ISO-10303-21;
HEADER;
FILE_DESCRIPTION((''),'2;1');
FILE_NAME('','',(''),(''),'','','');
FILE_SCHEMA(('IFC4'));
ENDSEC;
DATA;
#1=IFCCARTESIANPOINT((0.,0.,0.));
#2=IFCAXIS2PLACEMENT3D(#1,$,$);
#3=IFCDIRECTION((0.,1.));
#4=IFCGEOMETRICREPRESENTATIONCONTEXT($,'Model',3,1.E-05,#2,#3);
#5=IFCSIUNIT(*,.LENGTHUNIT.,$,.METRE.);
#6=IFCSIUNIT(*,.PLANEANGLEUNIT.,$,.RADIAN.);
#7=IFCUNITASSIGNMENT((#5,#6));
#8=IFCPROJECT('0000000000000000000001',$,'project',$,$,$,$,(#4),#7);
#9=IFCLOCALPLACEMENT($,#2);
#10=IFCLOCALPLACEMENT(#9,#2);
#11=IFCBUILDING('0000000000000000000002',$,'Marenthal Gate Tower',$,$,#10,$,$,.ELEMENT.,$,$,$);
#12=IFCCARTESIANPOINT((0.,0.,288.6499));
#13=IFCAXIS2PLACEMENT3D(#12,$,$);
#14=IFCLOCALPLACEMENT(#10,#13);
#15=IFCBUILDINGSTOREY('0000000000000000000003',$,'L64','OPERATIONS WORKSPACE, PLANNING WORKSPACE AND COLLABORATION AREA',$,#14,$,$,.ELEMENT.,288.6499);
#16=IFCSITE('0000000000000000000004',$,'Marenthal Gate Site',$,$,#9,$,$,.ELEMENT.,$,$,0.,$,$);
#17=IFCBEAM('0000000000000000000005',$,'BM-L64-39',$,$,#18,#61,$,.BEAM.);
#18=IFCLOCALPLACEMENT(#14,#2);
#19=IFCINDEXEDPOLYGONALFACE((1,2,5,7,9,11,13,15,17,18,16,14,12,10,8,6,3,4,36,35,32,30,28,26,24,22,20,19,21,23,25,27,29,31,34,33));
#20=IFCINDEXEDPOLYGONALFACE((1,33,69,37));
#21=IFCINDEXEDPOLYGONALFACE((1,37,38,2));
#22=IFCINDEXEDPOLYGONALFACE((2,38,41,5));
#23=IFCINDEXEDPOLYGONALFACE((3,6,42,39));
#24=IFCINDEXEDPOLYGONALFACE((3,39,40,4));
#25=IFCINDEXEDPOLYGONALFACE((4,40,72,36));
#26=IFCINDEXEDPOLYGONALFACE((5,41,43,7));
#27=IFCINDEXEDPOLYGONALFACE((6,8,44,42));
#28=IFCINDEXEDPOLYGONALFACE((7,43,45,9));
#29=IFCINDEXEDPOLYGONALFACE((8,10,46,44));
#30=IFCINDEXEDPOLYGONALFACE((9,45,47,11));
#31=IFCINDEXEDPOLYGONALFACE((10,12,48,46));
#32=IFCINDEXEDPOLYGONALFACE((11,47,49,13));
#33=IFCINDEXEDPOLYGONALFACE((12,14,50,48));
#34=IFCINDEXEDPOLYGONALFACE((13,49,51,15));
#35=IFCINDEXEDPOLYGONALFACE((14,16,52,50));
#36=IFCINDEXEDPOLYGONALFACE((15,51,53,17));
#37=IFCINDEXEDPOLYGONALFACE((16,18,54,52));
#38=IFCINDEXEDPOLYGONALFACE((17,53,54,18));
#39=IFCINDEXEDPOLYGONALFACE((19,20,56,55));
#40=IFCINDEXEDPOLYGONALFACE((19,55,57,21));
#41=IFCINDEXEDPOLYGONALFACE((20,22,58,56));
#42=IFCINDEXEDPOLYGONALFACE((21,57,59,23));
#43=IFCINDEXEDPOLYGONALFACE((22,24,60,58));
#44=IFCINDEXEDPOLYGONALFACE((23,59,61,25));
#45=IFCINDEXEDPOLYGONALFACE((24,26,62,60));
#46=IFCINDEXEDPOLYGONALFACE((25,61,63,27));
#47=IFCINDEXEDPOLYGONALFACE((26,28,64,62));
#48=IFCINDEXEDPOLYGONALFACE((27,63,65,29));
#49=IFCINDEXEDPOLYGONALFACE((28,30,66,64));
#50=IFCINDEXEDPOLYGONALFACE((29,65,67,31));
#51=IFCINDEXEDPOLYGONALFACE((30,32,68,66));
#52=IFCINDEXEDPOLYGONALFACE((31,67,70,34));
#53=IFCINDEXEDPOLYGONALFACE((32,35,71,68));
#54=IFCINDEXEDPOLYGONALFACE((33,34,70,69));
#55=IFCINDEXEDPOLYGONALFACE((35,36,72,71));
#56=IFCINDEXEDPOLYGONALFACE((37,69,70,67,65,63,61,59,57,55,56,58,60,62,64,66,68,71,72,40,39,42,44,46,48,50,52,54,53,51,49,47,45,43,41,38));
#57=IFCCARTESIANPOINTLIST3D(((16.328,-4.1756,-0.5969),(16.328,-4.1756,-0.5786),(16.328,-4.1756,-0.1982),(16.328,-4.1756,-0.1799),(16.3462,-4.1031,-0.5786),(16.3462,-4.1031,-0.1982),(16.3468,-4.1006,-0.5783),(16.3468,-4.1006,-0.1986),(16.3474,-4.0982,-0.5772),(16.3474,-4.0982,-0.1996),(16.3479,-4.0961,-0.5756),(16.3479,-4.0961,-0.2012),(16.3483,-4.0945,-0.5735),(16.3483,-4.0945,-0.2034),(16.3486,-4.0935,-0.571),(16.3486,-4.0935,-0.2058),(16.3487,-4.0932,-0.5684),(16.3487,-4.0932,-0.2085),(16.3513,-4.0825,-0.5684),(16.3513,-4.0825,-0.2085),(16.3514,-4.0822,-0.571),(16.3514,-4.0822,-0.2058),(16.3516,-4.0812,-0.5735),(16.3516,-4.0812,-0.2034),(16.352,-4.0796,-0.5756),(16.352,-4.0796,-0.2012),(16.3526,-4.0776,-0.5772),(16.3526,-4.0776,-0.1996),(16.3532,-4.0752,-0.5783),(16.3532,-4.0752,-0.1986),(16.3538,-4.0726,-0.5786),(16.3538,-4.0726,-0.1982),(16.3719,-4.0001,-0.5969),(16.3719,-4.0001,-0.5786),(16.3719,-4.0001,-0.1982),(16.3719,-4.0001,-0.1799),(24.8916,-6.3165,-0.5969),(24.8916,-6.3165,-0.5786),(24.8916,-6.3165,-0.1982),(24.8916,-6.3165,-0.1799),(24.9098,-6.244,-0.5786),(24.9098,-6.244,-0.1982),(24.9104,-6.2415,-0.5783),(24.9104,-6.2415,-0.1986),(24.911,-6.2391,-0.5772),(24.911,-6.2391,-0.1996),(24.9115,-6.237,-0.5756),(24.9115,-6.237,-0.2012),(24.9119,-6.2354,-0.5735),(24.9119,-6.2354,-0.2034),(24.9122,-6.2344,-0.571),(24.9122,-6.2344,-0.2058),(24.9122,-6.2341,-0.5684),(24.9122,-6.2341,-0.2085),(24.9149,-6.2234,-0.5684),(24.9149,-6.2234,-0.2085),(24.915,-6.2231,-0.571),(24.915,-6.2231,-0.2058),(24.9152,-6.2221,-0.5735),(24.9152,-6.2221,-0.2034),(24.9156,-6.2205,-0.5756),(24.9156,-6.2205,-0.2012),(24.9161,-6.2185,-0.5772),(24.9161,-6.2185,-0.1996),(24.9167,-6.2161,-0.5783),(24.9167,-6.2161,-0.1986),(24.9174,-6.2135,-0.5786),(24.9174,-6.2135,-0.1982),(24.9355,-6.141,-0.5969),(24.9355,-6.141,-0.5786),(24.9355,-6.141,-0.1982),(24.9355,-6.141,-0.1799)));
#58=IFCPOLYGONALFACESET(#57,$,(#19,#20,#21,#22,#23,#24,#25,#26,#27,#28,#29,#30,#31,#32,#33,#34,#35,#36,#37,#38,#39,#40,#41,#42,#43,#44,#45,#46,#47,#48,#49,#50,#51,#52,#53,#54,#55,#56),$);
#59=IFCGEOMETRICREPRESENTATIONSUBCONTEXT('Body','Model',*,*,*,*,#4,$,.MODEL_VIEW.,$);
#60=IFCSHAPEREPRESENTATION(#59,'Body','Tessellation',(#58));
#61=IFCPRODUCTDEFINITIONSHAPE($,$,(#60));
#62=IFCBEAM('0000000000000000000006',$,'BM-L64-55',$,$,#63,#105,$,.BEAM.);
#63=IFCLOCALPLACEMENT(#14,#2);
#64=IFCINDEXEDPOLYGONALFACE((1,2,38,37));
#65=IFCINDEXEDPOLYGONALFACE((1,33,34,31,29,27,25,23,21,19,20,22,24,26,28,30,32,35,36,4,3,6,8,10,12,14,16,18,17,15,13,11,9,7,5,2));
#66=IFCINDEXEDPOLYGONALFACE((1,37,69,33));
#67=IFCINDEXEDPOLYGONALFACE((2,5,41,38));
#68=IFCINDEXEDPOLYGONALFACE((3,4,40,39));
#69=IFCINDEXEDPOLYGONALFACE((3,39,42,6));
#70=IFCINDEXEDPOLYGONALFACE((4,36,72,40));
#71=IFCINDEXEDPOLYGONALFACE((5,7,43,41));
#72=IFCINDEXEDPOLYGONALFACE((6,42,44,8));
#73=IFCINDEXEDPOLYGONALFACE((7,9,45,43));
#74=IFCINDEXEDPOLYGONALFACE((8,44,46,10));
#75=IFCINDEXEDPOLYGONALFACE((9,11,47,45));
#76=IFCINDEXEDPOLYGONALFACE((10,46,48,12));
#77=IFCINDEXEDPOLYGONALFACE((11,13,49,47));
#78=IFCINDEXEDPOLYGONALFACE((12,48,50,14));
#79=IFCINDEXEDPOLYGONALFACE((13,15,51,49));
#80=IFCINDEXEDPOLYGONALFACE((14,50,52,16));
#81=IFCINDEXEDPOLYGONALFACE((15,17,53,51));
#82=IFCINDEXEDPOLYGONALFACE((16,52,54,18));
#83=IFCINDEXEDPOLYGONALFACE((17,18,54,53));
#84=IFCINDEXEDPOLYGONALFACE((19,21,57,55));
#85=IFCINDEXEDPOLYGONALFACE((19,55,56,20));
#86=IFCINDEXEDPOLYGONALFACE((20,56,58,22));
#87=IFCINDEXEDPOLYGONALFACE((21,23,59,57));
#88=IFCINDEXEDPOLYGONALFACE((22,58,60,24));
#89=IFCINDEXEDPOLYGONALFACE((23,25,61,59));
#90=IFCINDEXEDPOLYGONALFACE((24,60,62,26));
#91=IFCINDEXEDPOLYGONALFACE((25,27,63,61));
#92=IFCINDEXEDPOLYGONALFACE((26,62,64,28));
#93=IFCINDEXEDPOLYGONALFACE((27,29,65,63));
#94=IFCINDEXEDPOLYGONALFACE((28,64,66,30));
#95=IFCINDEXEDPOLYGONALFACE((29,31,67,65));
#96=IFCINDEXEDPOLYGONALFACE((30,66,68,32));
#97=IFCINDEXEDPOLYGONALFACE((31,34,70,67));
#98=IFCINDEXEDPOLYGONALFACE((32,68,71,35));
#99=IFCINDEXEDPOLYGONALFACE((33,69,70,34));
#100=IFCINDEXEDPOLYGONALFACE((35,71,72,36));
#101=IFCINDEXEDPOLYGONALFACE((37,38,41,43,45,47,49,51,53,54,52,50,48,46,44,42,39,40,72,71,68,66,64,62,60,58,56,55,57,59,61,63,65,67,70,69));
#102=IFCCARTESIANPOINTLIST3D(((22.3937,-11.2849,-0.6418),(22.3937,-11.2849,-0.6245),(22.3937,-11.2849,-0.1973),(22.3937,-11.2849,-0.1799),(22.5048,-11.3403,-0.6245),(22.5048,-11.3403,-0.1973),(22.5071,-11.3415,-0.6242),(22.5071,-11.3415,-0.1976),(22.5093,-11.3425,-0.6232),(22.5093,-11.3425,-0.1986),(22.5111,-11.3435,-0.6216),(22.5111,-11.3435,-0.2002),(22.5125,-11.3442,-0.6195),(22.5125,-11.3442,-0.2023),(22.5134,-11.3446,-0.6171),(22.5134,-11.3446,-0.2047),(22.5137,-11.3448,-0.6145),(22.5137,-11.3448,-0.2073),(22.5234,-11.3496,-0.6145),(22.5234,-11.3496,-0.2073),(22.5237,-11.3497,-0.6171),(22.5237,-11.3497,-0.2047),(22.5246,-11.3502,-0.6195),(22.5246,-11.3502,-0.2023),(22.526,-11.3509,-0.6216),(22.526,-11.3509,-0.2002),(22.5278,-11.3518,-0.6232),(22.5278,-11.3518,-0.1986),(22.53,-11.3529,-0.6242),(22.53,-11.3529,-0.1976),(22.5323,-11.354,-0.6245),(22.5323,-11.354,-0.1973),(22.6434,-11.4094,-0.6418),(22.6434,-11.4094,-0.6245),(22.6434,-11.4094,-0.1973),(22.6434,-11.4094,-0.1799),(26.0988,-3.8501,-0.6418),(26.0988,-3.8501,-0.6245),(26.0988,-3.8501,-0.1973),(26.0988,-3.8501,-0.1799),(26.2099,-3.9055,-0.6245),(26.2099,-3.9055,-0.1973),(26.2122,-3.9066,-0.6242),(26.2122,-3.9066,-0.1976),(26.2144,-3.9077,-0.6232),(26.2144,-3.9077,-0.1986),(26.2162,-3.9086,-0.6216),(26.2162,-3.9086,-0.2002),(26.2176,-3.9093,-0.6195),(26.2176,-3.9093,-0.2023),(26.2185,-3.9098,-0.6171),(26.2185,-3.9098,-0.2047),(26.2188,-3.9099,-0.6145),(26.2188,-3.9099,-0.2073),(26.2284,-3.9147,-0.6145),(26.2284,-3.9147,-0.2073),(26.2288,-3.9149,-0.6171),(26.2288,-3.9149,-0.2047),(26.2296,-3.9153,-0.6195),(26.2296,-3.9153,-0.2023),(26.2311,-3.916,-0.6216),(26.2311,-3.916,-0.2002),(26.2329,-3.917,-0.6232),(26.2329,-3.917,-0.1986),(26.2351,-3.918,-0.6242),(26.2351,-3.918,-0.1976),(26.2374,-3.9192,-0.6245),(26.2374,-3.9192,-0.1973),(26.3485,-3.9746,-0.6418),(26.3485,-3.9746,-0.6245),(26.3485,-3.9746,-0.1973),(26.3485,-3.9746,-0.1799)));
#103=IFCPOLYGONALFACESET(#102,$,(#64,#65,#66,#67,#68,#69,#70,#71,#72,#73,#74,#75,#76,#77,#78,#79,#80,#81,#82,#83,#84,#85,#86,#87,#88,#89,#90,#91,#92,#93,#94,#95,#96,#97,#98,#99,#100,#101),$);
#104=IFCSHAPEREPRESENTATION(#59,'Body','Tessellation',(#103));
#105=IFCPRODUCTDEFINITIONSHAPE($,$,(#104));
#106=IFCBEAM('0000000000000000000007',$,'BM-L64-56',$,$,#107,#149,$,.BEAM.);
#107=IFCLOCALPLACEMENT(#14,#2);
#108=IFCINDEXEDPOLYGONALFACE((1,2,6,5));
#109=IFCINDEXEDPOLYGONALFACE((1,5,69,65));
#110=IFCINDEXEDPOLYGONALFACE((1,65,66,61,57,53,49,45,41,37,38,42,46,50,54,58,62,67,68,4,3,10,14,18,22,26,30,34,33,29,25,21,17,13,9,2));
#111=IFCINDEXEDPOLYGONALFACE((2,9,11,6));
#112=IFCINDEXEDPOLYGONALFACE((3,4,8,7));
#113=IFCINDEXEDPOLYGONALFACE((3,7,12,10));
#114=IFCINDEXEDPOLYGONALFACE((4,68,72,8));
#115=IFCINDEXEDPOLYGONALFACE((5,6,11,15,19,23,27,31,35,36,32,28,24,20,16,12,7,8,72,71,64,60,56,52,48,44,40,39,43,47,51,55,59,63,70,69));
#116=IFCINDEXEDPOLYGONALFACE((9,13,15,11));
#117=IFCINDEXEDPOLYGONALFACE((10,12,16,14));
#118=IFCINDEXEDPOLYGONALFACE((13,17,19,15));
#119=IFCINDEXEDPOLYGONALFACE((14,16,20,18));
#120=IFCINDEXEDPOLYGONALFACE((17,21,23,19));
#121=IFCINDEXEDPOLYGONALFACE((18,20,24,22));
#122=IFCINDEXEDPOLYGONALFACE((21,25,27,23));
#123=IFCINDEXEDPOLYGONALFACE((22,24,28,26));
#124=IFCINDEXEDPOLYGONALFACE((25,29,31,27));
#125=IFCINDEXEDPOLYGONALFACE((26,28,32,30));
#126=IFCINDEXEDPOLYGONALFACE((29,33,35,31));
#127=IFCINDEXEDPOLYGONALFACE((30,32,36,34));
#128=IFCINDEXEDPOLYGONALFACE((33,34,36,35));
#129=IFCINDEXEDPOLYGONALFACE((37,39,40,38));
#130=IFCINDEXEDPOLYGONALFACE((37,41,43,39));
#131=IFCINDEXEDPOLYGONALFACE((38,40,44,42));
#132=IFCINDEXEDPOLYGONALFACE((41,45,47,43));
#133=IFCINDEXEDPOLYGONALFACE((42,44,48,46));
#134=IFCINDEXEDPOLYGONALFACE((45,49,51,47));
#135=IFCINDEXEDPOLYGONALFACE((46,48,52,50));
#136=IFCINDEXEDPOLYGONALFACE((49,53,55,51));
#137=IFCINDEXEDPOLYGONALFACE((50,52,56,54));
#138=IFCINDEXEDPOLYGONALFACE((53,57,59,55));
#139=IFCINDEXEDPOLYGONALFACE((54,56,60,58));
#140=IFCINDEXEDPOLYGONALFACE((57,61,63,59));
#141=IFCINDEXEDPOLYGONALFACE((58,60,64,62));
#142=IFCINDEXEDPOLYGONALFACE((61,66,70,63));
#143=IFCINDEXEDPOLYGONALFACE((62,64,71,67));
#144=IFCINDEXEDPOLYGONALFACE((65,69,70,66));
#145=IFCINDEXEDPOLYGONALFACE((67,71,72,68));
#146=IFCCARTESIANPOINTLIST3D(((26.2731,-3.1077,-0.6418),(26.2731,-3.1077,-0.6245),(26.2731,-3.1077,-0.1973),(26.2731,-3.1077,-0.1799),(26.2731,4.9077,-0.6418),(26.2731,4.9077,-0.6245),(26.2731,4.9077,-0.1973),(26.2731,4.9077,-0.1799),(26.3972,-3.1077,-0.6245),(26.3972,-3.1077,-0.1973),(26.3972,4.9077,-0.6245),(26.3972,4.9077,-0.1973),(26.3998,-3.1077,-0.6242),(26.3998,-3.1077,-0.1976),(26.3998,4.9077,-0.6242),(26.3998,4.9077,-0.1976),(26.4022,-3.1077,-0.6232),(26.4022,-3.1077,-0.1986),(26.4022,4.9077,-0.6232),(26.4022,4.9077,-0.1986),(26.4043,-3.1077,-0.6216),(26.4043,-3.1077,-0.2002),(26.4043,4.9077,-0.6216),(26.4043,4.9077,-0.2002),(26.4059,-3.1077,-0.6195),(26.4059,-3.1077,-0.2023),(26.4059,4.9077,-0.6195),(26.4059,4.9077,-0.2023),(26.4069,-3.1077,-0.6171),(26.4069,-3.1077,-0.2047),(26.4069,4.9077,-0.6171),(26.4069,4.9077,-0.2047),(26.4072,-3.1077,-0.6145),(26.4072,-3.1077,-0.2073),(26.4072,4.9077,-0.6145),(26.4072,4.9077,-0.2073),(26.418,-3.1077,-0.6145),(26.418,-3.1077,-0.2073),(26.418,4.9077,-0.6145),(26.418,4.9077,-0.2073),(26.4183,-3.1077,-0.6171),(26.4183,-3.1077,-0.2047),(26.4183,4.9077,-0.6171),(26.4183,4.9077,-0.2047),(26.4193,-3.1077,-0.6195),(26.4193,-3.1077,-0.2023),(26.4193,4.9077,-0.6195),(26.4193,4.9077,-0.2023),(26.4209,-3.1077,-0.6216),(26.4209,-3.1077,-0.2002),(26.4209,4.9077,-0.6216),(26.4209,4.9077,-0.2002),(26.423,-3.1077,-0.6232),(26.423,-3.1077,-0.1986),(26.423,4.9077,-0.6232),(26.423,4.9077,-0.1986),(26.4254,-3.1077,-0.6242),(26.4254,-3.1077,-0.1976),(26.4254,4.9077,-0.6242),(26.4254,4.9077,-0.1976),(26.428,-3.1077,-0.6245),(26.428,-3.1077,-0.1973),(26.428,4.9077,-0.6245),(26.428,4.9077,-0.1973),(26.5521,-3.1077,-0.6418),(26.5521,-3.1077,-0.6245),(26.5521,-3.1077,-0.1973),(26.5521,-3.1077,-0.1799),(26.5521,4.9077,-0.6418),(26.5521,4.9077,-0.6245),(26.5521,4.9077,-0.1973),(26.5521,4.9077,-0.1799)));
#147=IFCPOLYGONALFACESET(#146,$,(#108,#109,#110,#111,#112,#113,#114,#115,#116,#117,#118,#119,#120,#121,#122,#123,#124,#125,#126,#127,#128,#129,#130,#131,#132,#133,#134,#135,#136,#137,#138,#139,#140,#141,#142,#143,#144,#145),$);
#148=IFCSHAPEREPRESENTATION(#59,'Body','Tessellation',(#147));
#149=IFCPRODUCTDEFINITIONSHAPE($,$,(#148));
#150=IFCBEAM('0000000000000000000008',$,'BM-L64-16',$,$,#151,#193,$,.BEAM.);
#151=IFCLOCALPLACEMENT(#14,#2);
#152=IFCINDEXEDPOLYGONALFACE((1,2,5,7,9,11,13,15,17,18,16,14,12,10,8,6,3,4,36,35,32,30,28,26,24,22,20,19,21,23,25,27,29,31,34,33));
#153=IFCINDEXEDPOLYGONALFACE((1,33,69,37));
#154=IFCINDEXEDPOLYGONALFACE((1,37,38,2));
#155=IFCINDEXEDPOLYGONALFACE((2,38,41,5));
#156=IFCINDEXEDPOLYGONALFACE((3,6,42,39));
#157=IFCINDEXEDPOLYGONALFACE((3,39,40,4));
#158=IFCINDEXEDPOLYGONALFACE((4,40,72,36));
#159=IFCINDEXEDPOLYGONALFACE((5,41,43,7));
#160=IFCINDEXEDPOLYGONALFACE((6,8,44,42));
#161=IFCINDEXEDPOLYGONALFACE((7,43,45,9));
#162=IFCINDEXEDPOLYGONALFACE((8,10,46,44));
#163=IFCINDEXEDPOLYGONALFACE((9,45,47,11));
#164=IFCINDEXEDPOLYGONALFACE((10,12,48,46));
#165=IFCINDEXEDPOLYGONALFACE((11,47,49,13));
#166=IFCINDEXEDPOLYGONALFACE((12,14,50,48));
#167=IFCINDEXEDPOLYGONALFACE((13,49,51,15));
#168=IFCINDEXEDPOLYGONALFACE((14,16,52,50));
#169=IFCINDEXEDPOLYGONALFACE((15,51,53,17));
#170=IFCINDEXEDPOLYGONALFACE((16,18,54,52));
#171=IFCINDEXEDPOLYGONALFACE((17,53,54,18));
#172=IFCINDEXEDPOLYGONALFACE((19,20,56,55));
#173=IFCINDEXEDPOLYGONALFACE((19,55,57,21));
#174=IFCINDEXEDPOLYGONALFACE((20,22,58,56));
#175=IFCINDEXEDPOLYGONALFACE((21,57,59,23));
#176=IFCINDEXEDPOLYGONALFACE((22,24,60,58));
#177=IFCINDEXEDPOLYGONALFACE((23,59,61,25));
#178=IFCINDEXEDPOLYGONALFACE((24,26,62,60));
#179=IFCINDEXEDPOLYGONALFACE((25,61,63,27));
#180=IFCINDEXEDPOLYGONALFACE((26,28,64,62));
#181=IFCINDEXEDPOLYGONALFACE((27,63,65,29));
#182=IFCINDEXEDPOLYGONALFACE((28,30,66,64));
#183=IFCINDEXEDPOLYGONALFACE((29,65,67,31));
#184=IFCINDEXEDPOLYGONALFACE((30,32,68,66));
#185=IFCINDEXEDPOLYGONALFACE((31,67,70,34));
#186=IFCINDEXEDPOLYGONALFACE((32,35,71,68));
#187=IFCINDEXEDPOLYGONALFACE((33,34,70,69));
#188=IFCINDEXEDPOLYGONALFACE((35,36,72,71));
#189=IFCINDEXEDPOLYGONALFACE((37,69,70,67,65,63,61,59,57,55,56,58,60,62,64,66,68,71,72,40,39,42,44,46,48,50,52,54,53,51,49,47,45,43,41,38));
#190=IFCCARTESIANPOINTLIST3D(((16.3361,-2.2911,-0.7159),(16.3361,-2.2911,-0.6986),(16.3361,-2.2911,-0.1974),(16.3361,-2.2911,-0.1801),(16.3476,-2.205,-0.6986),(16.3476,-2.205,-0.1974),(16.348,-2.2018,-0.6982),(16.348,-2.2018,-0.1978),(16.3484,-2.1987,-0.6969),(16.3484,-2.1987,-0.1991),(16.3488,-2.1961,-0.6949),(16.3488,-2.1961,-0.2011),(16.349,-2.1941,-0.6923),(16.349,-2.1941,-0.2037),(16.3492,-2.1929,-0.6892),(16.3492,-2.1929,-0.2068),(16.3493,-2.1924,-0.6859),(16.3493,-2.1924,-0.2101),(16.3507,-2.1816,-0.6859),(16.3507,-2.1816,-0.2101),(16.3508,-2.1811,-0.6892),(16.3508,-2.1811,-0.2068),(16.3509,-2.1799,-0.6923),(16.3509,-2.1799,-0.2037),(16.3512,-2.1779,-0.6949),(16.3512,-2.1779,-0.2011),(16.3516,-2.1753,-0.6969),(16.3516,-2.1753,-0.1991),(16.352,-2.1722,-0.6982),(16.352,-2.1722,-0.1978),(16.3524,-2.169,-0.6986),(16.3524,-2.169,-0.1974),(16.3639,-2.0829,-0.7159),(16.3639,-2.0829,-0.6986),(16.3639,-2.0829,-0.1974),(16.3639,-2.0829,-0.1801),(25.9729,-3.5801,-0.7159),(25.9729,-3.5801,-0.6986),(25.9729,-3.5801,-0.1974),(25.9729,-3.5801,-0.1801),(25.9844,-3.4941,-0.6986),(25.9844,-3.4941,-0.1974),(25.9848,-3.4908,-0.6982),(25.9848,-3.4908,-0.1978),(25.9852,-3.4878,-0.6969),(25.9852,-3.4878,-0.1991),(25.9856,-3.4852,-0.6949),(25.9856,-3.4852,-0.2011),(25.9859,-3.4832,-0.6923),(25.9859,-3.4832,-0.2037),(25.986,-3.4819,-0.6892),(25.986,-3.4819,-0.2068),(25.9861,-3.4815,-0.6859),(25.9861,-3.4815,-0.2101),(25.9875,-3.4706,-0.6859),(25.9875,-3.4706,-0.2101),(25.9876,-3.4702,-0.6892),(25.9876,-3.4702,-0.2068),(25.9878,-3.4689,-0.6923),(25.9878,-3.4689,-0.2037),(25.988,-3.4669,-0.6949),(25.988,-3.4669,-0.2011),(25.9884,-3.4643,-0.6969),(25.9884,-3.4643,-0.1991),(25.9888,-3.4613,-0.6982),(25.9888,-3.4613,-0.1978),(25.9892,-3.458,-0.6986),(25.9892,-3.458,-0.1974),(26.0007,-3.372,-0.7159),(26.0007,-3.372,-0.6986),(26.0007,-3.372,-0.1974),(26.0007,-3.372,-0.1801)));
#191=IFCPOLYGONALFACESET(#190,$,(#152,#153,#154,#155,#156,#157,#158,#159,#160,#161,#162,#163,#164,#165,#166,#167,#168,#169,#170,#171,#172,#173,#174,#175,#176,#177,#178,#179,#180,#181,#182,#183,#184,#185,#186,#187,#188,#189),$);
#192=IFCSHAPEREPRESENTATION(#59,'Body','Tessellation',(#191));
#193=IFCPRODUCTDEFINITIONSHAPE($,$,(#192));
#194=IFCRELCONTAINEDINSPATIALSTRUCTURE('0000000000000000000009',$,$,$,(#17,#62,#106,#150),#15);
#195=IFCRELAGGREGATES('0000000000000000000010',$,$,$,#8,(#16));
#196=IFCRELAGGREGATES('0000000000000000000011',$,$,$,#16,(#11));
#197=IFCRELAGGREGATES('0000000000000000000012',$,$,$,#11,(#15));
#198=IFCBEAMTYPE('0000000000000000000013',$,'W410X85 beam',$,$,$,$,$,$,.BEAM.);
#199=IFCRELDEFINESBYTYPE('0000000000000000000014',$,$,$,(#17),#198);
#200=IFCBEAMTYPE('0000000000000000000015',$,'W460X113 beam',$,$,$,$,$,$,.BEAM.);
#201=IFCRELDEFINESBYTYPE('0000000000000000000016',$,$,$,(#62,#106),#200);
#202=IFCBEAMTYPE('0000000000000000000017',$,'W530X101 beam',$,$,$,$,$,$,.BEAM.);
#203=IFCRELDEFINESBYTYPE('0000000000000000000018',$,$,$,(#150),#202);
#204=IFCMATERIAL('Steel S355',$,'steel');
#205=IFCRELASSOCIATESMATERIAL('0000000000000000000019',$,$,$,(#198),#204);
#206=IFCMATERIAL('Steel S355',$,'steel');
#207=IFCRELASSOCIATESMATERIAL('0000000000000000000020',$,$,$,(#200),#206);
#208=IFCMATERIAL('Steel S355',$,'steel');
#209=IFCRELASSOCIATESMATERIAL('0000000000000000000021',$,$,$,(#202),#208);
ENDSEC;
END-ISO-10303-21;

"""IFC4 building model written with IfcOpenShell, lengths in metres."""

from ifc_helpers import new_model, si_unit, direction, frame, origin, origin_2d, place, context, subcontext, project, spatial, i_section, extrude, material, material_profile, profile_set, type_object, element, save


model = new_model("IFC4")

# Units and contexts
model_context = context("Model", 3, precision=1e-05, world=origin(), true_north=direction((0.0, 1.0)))
body_context = subcontext(model_context, "Body", "Model", "MODEL_VIEW")
ifc_project = project(units=[si_unit("LENGTHUNIT", "METRE"), si_unit("PLANEANGLEUNIT", "RADIAN")], contexts=[model_context])

# Site, building, storey
site_placement = place(None, origin())
site = spatial("IfcSite", under=ifc_project, at=site_placement, Name="Marenthal Gate Site", CompositionType="ELEMENT", RefElevation=0.0)
building_placement = place(site_placement, origin())
building = spatial("IfcBuilding", under=site, at=building_placement, Name="Marenthal Gate Tower", CompositionType="ELEMENT")
storey_placement = place(building_placement, frame((0.0, 0.0, 288.6499)))
storey = spatial("IfcBuildingStorey", under=building, at=storey_placement, Name="L64", Description="OPERATIONS WORKSPACE, PLANNING WORKSPACE AND COLLABORATION AREA", CompositionType="ELEMENT", Elevation=288.6499)

# Beams
ifc_material_1 = material(Name="Steel S355", Category="steel")
ifc_material_profile_1 = material_profile(ifc_material_1, i_section(OverallWidth=0.1809, OverallDepth=0.417, WebThickness=0.011, FlangeThickness=0.0183, FilletRadius=0.0103, at=origin_2d()), Name="W410X85")
ifc_profile_set_1 = profile_set([ifc_material_profile_1], Name="Steel S355")
beam_type_1 = type_object("IfcBeamType", Name="W410X85 beam", PredefinedType="BEAM", material=ifc_profile_set_1)
beam_1_placement = place(storey_placement, frame((24.9136, -6.2288, -0.3884), z_axis=(-0.970143, 0.242536, 0.0), x_axis=(-0.242536, -0.970143, 0.0)))
element("IfcBeam", 1, at=beam_1_placement, inside=storey, type_object=beam_type_1, Name="BM-L64-39", PredefinedType="BEAM", context=body_context, shape_type="SweptSolid", body=[
    extrude(i_section(OverallWidth=0.1809, OverallDepth=0.417, WebThickness=0.011, FlangeThickness=0.0183, FilletRadius=0.0103, at=origin_2d()), origin(), (0.0, 0.0, 1.0), 8.8271),
])
ifc_material_2 = material(Name="Steel S355", Category="steel")
ifc_material_profile_2 = material_profile(ifc_material_2, i_section(OverallWidth=0.2791, OverallDepth=0.4619, WebThickness=0.0107, FlangeThickness=0.0173, FilletRadius=0.01, at=origin_2d()), Name="W460X113")
ifc_profile_set_2 = profile_set([ifc_material_profile_2], Name="Steel S355")
beam_type_2 = type_object("IfcBeamType", Name="W460X113 beam", PredefinedType="BEAM", material=ifc_profile_set_2)
beam_2_placement = place(storey_placement, frame((22.5186, -11.3472, -0.4109), z_axis=(0.446026, 0.89502, 0.0), x_axis=(-0.89502, 0.446026, 0.0)))
element("IfcBeam", 2, at=beam_2_placement, inside=storey, type_object=beam_type_2, Name="BM-L64-55", PredefinedType="BEAM", context=body_context, shape_type="SweptSolid", body=[
    extrude(i_section(OverallWidth=0.2791, OverallDepth=0.4619, WebThickness=0.0107, FlangeThickness=0.0173, FilletRadius=0.01, at=origin_2d()), origin(), (0.0, 0.0, 1.0), 8.3069),
])
beam_3_placement = place(storey_placement, frame((26.4126, -3.1077, -0.4109), z_axis=(0.0, 1.0, 0.0), x_axis=(-1.0, 0.0, 0.0)))
element("IfcBeam", 3, at=beam_3_placement, inside=storey, type_object=beam_type_2, Name="BM-L64-56", PredefinedType="BEAM", context=body_context, shape_type="SweptSolid", body=[
    extrude(i_section(OverallWidth=0.2791, OverallDepth=0.4619, WebThickness=0.0107, FlangeThickness=0.0173, FilletRadius=0.01, at=origin_2d()), origin(), (0.0, 0.0, 1.0), 8.0154),
])
ifc_material_3 = material(Name="Steel S355", Category="steel")
ifc_material_profile_3 = material_profile(ifc_material_3, i_section(OverallWidth=0.21, OverallDepth=0.5359, WebThickness=0.011, FlangeThickness=0.0173, FilletRadius=0.0127, at=origin_2d()), Name="W530X101")
ifc_profile_set_3 = profile_set([ifc_material_profile_3], Name="Steel S355")
beam_type_3 = type_object("IfcBeamType", Name="W530X101 beam", PredefinedType="BEAM", material=ifc_profile_set_3)
beam_4_placement = place(storey_placement, frame((25.9868, -3.4761, -0.448), z_axis=(-0.991172, 0.132585, 0.0), x_axis=(-0.132585, -0.991172, 0.0)))
element("IfcBeam", 4, at=beam_4_placement, inside=storey, type_object=beam_type_3, Name="BM-L64-16", PredefinedType="BEAM", context=body_context, shape_type="SweptSolid", body=[
    extrude(i_section(OverallWidth=0.21, OverallDepth=0.5359, WebThickness=0.011, FlangeThickness=0.0173, FilletRadius=0.0127, at=origin_2d()), origin(), (0.0, 0.0, 1.0), 9.7227),
])

save(model, "model.ifc")
